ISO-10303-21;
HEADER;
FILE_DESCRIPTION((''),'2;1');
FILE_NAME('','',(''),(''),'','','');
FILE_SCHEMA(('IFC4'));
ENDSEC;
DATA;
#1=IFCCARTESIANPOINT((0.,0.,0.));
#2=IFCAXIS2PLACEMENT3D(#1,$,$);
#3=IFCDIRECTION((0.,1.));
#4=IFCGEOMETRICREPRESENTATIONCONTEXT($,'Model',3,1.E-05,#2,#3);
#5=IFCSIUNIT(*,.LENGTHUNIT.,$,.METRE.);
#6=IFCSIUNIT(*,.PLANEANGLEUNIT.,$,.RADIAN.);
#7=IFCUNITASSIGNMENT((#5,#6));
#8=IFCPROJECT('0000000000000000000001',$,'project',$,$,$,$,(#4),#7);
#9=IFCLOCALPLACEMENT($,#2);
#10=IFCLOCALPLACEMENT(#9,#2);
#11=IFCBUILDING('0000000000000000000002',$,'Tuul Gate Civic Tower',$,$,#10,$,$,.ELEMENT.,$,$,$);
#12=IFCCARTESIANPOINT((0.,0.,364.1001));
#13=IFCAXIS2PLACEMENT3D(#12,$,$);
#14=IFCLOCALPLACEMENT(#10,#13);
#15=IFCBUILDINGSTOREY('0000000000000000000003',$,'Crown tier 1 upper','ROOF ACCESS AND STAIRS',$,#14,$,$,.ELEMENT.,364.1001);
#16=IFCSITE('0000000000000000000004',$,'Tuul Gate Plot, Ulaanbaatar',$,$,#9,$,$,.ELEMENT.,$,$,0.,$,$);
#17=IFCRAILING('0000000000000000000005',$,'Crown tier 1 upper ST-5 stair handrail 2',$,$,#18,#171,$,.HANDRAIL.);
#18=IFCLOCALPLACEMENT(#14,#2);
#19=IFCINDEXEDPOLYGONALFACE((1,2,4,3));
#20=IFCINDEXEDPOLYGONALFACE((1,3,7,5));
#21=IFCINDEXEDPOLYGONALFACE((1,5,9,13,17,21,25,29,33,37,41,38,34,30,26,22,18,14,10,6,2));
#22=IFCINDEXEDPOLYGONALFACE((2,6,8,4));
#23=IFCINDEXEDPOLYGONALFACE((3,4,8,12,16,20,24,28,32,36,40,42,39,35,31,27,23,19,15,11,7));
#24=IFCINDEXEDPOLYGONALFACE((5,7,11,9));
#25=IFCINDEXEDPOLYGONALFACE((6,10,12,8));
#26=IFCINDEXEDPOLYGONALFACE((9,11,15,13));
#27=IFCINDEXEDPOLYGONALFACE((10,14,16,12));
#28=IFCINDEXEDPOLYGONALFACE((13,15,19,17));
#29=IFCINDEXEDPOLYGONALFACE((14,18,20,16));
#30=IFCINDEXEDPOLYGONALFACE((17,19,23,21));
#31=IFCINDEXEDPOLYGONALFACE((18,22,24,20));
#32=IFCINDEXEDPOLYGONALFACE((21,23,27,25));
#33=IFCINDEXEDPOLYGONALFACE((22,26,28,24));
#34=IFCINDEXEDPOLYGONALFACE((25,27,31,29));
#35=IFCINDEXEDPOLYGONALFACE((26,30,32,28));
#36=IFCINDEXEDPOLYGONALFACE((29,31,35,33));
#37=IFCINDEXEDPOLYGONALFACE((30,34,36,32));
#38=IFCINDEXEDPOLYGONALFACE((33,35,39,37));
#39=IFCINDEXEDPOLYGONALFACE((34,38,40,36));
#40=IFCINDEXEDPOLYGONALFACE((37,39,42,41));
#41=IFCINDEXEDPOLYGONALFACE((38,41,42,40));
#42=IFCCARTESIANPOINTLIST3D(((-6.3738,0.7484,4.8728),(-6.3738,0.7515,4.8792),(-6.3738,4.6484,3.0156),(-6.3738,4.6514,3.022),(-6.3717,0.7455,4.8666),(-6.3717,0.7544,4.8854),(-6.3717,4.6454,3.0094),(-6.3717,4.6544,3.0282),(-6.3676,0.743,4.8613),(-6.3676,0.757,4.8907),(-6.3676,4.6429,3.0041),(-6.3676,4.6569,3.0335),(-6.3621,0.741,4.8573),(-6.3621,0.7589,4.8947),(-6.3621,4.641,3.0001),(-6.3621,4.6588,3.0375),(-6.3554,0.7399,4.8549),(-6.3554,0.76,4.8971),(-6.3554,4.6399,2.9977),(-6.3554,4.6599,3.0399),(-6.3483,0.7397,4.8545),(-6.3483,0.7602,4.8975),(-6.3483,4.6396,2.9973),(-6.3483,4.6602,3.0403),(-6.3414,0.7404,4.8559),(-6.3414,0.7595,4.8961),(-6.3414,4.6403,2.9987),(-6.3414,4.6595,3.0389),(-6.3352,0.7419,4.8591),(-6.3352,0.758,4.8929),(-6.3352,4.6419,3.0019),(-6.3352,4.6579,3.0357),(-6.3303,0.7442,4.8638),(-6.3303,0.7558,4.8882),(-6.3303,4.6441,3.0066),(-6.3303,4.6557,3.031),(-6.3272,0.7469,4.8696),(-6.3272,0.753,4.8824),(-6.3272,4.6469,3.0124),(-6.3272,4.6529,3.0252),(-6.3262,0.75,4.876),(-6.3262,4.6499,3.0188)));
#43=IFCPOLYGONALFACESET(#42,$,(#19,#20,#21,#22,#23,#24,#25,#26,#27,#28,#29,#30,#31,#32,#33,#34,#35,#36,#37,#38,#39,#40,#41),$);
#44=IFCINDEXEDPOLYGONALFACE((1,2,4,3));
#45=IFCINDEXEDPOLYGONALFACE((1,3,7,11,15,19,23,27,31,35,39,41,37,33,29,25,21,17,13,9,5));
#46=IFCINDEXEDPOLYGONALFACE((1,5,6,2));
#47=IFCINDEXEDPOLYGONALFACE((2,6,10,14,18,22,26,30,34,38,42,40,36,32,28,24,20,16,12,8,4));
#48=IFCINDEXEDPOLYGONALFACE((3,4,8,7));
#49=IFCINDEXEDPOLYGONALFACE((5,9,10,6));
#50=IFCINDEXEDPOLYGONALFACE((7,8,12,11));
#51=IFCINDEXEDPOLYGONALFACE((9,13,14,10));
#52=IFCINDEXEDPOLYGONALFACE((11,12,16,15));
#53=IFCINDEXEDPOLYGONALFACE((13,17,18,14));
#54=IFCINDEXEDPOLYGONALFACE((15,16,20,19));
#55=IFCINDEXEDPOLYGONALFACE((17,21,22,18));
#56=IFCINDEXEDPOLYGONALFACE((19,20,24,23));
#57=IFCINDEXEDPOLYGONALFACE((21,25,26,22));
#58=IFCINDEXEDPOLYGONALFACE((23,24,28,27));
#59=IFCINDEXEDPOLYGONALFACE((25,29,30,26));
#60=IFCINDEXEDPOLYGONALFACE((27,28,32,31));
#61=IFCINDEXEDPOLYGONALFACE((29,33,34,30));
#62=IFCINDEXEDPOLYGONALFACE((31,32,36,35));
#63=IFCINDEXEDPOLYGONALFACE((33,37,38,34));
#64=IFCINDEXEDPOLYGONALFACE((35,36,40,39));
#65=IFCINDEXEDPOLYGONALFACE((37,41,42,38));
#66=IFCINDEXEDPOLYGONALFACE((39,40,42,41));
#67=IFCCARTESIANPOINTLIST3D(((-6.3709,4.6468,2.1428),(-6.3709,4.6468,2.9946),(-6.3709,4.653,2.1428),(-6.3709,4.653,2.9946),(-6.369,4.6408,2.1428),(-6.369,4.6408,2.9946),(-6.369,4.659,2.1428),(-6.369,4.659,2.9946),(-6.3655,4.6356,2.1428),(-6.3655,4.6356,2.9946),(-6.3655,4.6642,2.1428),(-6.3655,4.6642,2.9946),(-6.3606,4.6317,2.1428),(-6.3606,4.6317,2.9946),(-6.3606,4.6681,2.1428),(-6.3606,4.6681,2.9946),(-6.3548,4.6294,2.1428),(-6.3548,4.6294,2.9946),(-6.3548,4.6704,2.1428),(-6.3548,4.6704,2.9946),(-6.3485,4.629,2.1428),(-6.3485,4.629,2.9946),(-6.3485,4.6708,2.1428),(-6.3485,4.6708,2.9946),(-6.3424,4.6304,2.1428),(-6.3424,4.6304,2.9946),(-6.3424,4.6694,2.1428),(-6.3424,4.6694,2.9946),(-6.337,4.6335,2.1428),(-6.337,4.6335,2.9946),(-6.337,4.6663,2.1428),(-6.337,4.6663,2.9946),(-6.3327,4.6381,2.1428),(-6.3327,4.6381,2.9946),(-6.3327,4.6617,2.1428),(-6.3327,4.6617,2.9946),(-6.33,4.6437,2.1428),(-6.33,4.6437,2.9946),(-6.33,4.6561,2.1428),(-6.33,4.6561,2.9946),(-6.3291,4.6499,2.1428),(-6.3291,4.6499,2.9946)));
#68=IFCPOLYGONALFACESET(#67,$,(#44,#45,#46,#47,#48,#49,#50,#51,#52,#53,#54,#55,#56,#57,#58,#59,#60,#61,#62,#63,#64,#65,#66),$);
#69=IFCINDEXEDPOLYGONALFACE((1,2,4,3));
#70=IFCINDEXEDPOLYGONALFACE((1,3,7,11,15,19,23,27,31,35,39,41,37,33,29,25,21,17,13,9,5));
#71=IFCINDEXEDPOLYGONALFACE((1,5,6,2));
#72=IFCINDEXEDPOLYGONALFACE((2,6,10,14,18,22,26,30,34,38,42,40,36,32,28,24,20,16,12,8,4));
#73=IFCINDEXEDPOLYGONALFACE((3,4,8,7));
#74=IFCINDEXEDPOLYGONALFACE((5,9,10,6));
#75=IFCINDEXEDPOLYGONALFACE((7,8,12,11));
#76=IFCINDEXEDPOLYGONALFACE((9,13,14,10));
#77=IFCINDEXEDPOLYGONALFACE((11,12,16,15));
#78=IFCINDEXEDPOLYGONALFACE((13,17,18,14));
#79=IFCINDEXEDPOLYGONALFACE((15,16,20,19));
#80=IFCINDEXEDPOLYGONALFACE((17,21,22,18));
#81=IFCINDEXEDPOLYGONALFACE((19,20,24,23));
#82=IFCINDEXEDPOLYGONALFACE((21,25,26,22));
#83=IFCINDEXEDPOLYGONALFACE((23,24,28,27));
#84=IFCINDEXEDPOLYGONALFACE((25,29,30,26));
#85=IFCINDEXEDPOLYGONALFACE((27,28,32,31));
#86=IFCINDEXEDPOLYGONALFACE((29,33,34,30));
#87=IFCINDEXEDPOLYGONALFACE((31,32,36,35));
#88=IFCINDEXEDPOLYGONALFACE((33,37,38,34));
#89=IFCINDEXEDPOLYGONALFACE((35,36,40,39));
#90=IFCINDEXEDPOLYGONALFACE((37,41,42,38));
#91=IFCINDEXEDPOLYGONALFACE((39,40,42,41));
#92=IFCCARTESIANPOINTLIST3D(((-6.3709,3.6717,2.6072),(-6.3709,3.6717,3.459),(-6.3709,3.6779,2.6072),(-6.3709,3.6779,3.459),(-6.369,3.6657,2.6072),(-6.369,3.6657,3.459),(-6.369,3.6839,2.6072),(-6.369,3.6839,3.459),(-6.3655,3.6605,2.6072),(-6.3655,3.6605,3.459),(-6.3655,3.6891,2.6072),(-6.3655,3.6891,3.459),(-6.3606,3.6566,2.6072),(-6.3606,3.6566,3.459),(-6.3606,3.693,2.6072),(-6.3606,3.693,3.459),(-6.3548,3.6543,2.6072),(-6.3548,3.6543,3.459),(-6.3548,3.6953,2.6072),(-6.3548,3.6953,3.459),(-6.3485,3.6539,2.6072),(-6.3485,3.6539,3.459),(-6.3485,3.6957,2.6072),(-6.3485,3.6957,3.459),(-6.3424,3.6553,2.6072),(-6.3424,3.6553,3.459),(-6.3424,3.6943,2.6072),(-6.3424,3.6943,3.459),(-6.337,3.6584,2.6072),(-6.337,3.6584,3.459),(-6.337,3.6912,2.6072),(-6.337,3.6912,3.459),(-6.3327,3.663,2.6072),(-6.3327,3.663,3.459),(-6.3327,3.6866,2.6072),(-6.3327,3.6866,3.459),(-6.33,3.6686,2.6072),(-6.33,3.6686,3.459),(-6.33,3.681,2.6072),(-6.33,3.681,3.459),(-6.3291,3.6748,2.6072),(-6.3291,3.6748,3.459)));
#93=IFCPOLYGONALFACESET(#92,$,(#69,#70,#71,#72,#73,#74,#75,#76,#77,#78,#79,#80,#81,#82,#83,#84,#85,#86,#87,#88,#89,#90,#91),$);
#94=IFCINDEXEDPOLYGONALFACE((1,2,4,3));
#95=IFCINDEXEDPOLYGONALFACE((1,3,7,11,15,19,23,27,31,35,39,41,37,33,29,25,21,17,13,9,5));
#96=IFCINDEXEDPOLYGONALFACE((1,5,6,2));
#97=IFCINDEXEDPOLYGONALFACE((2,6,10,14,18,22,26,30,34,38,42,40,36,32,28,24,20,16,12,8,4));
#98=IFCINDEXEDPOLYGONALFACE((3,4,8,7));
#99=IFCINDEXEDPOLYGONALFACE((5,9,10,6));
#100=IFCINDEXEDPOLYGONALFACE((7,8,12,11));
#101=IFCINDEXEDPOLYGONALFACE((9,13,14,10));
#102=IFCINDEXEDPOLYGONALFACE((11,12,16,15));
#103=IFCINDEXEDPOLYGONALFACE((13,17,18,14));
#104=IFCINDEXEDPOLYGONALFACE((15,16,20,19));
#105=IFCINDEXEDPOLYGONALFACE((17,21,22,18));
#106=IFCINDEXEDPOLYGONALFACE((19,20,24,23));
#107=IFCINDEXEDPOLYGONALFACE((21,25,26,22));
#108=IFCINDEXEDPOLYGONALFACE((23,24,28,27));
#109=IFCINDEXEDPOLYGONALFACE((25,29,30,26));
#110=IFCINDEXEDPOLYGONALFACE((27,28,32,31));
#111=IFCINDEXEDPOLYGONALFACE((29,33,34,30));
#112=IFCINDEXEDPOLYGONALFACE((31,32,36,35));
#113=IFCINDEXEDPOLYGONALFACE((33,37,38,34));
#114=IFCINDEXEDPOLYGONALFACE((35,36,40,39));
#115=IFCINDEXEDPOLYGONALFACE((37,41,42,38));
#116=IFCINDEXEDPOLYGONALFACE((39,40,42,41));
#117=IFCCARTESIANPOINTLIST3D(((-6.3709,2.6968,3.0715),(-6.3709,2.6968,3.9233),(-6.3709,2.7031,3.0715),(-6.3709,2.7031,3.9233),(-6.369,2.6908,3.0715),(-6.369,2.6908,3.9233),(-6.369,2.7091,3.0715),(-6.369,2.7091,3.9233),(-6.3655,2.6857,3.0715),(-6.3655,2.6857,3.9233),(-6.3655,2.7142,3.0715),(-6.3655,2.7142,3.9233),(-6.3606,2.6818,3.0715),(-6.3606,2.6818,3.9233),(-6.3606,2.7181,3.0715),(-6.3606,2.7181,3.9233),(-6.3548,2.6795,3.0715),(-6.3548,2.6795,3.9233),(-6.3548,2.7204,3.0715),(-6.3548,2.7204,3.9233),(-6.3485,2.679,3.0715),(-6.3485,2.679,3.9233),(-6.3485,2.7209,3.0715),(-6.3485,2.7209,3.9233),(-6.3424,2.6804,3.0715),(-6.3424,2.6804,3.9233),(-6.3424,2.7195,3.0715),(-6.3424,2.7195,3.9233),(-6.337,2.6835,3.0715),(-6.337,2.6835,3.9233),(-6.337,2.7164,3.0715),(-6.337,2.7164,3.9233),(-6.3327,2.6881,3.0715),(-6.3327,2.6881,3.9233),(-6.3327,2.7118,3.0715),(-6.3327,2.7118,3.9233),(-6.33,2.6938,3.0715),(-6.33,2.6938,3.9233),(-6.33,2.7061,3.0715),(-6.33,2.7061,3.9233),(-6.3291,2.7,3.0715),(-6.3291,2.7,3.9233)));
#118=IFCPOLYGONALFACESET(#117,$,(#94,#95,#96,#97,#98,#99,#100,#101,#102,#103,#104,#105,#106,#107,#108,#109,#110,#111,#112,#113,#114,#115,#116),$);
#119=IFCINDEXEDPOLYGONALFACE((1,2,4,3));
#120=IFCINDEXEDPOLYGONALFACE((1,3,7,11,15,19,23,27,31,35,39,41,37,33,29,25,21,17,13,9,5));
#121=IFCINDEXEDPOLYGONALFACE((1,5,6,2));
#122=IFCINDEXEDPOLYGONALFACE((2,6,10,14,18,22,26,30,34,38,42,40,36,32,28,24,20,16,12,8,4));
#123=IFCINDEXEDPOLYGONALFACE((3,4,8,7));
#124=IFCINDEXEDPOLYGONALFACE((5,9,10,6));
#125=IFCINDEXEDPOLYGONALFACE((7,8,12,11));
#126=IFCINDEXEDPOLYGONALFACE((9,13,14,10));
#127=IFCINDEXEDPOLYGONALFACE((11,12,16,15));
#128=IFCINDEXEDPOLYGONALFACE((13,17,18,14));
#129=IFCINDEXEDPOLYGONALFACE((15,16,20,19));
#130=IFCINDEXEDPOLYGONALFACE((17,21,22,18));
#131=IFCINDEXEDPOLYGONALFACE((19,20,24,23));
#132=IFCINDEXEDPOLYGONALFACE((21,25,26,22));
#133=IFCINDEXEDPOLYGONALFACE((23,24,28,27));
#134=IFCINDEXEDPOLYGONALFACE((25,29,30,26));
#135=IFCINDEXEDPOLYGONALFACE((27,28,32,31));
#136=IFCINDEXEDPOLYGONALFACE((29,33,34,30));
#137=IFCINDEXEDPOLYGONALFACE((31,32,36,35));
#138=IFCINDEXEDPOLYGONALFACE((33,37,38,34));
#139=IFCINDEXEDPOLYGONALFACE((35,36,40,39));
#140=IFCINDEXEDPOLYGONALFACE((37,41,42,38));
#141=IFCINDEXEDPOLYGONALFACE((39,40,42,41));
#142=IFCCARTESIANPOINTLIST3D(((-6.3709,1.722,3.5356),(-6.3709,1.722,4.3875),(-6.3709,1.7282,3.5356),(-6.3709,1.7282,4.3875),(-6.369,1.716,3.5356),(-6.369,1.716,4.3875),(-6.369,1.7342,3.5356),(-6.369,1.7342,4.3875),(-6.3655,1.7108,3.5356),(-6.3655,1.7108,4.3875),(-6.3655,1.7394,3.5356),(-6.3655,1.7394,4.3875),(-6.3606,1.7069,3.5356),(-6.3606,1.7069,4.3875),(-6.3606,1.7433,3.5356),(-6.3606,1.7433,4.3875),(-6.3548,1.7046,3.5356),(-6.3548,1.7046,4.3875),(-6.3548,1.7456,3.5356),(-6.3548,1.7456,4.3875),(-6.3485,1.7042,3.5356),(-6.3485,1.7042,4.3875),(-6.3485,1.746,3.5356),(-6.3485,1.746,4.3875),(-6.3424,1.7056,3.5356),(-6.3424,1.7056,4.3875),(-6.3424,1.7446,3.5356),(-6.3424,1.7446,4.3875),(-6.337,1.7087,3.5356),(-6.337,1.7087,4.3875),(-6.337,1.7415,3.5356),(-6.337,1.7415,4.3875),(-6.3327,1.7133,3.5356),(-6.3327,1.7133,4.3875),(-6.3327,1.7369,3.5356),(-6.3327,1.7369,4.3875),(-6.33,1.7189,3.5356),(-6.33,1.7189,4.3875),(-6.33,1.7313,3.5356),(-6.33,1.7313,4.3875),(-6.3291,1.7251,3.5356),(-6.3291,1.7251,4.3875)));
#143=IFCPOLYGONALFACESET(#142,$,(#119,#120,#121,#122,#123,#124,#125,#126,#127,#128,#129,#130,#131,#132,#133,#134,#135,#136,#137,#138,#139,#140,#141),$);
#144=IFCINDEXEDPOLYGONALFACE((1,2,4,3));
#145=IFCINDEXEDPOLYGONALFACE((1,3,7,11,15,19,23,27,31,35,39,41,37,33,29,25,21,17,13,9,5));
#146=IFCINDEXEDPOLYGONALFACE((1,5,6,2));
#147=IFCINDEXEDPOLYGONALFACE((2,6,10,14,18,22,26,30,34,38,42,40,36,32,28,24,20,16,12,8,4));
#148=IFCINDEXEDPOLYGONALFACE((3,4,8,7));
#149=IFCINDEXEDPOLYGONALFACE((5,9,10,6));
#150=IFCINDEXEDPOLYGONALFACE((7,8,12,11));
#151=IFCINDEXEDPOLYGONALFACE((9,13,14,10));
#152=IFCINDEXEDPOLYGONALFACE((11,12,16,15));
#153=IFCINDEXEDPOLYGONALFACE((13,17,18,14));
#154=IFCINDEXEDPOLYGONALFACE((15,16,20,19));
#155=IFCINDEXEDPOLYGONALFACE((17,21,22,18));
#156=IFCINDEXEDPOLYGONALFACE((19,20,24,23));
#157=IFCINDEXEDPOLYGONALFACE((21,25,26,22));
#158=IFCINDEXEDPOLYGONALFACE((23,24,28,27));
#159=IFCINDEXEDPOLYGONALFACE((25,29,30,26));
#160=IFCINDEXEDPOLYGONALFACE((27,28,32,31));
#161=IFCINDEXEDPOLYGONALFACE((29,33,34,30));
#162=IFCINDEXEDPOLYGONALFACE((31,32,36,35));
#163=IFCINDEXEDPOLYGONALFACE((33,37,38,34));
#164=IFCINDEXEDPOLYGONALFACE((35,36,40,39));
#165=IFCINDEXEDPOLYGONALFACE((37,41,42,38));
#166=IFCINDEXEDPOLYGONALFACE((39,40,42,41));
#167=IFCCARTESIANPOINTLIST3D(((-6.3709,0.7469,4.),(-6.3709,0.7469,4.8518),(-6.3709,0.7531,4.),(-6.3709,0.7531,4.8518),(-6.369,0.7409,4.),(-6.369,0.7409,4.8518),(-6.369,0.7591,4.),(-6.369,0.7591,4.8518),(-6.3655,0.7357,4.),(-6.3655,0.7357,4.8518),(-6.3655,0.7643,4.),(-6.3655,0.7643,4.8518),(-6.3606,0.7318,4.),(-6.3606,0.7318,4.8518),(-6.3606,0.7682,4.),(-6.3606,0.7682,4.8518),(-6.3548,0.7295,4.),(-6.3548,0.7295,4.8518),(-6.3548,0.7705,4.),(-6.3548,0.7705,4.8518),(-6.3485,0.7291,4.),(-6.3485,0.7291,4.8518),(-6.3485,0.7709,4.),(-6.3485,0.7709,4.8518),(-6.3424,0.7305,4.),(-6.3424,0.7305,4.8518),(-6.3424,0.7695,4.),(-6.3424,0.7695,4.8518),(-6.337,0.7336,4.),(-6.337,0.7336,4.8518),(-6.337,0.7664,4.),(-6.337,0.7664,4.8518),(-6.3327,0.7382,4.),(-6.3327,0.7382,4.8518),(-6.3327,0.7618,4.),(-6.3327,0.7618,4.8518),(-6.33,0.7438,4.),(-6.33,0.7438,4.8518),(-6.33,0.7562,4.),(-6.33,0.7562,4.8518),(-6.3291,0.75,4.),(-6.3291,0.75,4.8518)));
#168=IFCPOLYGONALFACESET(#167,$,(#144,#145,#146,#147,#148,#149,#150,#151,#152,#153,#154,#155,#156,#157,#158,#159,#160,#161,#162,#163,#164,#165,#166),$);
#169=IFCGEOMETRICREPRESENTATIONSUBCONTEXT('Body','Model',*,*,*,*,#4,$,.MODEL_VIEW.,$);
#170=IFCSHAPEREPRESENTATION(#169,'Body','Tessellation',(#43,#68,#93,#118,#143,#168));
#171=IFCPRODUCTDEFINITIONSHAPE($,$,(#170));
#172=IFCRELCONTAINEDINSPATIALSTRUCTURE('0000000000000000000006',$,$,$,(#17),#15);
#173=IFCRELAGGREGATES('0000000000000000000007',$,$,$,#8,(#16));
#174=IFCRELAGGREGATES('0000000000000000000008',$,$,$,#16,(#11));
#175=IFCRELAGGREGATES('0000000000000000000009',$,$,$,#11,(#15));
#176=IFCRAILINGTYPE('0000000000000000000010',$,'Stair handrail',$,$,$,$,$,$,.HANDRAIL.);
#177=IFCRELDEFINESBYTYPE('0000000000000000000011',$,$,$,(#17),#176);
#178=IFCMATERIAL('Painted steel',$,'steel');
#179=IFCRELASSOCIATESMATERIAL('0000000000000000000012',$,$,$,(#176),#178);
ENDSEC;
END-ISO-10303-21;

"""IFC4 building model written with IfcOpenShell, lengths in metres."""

from ifc_helpers import new_model, si_unit, direction, frame, origin, origin_2d, place, context, subcontext, project, spatial, circle, extrude, material, type_object, element, save


model = new_model("IFC4")

# Units and contexts
model_context = context("Model", 3, precision=1e-05, world=origin(), true_north=direction((0.0, 1.0)))
body_context = subcontext(model_context, "Body", "Model", "MODEL_VIEW")
ifc_project = project(units=[si_unit("LENGTHUNIT", "METRE"), si_unit("PLANEANGLEUNIT", "RADIAN")], contexts=[model_context])

# Site, building, storey
site_placement = place(None, origin())
site = spatial("IfcSite", under=ifc_project, at=site_placement, Name="Tuul Gate Plot, Ulaanbaatar", CompositionType="ELEMENT", RefElevation=0.0)
building_placement = place(site_placement, origin())
building = spatial("IfcBuilding", under=site, at=building_placement, Name="Tuul Gate Civic Tower", CompositionType="ELEMENT")
storey_placement = place(building_placement, frame((0.0, 0.0, 364.1001)))
storey = spatial("IfcBuildingStorey", under=building, at=storey_placement, Name="Crown tier 1 upper", Description="ROOF ACCESS AND STAIRS", CompositionType="ELEMENT", Elevation=364.1001)

# Railing
ifc_material_1 = material(Name="Painted steel", Category="steel")
railing_type_1 = type_object("IfcRailingType", Name="Stair handrail", PredefinedType="HANDRAIL", material=ifc_material_1)
for number, where, name in (
    (1, (-6.3501, 4.6499, 2.1428), "Crown tier 1 upper ST-5 stair handrail 2"),
):
    element("IfcRailing", number, at=place(storey_placement, frame(where)), inside=storey, type_object=railing_type_1, Name=name, PredefinedType="HANDRAIL", context=body_context, shape_type="SweptSolid", body=[
        extrude(circle(Radius=0.0239, at=origin_2d()), frame((0.0, 0.0, 0.876), z_axis=(0.0, -0.902853, 0.429949), x_axis=(1.0, 0.0, 0.0)), (0.0, 0.0, 1.0), 4.3196),
        extrude(circle(Radius=0.021, at=origin_2d()), origin(), (0.0, 0.0, 1.0), 0.8518),
        extrude(circle(Radius=0.021, at=origin_2d()), frame((0.0, -0.9751, 0.4644)), (0.0, 0.0, 1.0), 0.8518),
        extrude(circle(Radius=0.021, at=origin_2d()), frame((0.0, -1.95, 0.9287)), (0.0, 0.0, 1.0), 0.8518),
        extrude(circle(Radius=0.021, at=origin_2d()), frame((0.0, -2.9248, 1.3928)), (0.0, 0.0, 1.0), 0.8518),
        extrude(circle(Radius=0.021, at=origin_2d()), frame((0.0, -3.8999, 1.8572)), (0.0, 0.0, 1.0), 0.8518),
    ])

save(model, "model.ifc")
